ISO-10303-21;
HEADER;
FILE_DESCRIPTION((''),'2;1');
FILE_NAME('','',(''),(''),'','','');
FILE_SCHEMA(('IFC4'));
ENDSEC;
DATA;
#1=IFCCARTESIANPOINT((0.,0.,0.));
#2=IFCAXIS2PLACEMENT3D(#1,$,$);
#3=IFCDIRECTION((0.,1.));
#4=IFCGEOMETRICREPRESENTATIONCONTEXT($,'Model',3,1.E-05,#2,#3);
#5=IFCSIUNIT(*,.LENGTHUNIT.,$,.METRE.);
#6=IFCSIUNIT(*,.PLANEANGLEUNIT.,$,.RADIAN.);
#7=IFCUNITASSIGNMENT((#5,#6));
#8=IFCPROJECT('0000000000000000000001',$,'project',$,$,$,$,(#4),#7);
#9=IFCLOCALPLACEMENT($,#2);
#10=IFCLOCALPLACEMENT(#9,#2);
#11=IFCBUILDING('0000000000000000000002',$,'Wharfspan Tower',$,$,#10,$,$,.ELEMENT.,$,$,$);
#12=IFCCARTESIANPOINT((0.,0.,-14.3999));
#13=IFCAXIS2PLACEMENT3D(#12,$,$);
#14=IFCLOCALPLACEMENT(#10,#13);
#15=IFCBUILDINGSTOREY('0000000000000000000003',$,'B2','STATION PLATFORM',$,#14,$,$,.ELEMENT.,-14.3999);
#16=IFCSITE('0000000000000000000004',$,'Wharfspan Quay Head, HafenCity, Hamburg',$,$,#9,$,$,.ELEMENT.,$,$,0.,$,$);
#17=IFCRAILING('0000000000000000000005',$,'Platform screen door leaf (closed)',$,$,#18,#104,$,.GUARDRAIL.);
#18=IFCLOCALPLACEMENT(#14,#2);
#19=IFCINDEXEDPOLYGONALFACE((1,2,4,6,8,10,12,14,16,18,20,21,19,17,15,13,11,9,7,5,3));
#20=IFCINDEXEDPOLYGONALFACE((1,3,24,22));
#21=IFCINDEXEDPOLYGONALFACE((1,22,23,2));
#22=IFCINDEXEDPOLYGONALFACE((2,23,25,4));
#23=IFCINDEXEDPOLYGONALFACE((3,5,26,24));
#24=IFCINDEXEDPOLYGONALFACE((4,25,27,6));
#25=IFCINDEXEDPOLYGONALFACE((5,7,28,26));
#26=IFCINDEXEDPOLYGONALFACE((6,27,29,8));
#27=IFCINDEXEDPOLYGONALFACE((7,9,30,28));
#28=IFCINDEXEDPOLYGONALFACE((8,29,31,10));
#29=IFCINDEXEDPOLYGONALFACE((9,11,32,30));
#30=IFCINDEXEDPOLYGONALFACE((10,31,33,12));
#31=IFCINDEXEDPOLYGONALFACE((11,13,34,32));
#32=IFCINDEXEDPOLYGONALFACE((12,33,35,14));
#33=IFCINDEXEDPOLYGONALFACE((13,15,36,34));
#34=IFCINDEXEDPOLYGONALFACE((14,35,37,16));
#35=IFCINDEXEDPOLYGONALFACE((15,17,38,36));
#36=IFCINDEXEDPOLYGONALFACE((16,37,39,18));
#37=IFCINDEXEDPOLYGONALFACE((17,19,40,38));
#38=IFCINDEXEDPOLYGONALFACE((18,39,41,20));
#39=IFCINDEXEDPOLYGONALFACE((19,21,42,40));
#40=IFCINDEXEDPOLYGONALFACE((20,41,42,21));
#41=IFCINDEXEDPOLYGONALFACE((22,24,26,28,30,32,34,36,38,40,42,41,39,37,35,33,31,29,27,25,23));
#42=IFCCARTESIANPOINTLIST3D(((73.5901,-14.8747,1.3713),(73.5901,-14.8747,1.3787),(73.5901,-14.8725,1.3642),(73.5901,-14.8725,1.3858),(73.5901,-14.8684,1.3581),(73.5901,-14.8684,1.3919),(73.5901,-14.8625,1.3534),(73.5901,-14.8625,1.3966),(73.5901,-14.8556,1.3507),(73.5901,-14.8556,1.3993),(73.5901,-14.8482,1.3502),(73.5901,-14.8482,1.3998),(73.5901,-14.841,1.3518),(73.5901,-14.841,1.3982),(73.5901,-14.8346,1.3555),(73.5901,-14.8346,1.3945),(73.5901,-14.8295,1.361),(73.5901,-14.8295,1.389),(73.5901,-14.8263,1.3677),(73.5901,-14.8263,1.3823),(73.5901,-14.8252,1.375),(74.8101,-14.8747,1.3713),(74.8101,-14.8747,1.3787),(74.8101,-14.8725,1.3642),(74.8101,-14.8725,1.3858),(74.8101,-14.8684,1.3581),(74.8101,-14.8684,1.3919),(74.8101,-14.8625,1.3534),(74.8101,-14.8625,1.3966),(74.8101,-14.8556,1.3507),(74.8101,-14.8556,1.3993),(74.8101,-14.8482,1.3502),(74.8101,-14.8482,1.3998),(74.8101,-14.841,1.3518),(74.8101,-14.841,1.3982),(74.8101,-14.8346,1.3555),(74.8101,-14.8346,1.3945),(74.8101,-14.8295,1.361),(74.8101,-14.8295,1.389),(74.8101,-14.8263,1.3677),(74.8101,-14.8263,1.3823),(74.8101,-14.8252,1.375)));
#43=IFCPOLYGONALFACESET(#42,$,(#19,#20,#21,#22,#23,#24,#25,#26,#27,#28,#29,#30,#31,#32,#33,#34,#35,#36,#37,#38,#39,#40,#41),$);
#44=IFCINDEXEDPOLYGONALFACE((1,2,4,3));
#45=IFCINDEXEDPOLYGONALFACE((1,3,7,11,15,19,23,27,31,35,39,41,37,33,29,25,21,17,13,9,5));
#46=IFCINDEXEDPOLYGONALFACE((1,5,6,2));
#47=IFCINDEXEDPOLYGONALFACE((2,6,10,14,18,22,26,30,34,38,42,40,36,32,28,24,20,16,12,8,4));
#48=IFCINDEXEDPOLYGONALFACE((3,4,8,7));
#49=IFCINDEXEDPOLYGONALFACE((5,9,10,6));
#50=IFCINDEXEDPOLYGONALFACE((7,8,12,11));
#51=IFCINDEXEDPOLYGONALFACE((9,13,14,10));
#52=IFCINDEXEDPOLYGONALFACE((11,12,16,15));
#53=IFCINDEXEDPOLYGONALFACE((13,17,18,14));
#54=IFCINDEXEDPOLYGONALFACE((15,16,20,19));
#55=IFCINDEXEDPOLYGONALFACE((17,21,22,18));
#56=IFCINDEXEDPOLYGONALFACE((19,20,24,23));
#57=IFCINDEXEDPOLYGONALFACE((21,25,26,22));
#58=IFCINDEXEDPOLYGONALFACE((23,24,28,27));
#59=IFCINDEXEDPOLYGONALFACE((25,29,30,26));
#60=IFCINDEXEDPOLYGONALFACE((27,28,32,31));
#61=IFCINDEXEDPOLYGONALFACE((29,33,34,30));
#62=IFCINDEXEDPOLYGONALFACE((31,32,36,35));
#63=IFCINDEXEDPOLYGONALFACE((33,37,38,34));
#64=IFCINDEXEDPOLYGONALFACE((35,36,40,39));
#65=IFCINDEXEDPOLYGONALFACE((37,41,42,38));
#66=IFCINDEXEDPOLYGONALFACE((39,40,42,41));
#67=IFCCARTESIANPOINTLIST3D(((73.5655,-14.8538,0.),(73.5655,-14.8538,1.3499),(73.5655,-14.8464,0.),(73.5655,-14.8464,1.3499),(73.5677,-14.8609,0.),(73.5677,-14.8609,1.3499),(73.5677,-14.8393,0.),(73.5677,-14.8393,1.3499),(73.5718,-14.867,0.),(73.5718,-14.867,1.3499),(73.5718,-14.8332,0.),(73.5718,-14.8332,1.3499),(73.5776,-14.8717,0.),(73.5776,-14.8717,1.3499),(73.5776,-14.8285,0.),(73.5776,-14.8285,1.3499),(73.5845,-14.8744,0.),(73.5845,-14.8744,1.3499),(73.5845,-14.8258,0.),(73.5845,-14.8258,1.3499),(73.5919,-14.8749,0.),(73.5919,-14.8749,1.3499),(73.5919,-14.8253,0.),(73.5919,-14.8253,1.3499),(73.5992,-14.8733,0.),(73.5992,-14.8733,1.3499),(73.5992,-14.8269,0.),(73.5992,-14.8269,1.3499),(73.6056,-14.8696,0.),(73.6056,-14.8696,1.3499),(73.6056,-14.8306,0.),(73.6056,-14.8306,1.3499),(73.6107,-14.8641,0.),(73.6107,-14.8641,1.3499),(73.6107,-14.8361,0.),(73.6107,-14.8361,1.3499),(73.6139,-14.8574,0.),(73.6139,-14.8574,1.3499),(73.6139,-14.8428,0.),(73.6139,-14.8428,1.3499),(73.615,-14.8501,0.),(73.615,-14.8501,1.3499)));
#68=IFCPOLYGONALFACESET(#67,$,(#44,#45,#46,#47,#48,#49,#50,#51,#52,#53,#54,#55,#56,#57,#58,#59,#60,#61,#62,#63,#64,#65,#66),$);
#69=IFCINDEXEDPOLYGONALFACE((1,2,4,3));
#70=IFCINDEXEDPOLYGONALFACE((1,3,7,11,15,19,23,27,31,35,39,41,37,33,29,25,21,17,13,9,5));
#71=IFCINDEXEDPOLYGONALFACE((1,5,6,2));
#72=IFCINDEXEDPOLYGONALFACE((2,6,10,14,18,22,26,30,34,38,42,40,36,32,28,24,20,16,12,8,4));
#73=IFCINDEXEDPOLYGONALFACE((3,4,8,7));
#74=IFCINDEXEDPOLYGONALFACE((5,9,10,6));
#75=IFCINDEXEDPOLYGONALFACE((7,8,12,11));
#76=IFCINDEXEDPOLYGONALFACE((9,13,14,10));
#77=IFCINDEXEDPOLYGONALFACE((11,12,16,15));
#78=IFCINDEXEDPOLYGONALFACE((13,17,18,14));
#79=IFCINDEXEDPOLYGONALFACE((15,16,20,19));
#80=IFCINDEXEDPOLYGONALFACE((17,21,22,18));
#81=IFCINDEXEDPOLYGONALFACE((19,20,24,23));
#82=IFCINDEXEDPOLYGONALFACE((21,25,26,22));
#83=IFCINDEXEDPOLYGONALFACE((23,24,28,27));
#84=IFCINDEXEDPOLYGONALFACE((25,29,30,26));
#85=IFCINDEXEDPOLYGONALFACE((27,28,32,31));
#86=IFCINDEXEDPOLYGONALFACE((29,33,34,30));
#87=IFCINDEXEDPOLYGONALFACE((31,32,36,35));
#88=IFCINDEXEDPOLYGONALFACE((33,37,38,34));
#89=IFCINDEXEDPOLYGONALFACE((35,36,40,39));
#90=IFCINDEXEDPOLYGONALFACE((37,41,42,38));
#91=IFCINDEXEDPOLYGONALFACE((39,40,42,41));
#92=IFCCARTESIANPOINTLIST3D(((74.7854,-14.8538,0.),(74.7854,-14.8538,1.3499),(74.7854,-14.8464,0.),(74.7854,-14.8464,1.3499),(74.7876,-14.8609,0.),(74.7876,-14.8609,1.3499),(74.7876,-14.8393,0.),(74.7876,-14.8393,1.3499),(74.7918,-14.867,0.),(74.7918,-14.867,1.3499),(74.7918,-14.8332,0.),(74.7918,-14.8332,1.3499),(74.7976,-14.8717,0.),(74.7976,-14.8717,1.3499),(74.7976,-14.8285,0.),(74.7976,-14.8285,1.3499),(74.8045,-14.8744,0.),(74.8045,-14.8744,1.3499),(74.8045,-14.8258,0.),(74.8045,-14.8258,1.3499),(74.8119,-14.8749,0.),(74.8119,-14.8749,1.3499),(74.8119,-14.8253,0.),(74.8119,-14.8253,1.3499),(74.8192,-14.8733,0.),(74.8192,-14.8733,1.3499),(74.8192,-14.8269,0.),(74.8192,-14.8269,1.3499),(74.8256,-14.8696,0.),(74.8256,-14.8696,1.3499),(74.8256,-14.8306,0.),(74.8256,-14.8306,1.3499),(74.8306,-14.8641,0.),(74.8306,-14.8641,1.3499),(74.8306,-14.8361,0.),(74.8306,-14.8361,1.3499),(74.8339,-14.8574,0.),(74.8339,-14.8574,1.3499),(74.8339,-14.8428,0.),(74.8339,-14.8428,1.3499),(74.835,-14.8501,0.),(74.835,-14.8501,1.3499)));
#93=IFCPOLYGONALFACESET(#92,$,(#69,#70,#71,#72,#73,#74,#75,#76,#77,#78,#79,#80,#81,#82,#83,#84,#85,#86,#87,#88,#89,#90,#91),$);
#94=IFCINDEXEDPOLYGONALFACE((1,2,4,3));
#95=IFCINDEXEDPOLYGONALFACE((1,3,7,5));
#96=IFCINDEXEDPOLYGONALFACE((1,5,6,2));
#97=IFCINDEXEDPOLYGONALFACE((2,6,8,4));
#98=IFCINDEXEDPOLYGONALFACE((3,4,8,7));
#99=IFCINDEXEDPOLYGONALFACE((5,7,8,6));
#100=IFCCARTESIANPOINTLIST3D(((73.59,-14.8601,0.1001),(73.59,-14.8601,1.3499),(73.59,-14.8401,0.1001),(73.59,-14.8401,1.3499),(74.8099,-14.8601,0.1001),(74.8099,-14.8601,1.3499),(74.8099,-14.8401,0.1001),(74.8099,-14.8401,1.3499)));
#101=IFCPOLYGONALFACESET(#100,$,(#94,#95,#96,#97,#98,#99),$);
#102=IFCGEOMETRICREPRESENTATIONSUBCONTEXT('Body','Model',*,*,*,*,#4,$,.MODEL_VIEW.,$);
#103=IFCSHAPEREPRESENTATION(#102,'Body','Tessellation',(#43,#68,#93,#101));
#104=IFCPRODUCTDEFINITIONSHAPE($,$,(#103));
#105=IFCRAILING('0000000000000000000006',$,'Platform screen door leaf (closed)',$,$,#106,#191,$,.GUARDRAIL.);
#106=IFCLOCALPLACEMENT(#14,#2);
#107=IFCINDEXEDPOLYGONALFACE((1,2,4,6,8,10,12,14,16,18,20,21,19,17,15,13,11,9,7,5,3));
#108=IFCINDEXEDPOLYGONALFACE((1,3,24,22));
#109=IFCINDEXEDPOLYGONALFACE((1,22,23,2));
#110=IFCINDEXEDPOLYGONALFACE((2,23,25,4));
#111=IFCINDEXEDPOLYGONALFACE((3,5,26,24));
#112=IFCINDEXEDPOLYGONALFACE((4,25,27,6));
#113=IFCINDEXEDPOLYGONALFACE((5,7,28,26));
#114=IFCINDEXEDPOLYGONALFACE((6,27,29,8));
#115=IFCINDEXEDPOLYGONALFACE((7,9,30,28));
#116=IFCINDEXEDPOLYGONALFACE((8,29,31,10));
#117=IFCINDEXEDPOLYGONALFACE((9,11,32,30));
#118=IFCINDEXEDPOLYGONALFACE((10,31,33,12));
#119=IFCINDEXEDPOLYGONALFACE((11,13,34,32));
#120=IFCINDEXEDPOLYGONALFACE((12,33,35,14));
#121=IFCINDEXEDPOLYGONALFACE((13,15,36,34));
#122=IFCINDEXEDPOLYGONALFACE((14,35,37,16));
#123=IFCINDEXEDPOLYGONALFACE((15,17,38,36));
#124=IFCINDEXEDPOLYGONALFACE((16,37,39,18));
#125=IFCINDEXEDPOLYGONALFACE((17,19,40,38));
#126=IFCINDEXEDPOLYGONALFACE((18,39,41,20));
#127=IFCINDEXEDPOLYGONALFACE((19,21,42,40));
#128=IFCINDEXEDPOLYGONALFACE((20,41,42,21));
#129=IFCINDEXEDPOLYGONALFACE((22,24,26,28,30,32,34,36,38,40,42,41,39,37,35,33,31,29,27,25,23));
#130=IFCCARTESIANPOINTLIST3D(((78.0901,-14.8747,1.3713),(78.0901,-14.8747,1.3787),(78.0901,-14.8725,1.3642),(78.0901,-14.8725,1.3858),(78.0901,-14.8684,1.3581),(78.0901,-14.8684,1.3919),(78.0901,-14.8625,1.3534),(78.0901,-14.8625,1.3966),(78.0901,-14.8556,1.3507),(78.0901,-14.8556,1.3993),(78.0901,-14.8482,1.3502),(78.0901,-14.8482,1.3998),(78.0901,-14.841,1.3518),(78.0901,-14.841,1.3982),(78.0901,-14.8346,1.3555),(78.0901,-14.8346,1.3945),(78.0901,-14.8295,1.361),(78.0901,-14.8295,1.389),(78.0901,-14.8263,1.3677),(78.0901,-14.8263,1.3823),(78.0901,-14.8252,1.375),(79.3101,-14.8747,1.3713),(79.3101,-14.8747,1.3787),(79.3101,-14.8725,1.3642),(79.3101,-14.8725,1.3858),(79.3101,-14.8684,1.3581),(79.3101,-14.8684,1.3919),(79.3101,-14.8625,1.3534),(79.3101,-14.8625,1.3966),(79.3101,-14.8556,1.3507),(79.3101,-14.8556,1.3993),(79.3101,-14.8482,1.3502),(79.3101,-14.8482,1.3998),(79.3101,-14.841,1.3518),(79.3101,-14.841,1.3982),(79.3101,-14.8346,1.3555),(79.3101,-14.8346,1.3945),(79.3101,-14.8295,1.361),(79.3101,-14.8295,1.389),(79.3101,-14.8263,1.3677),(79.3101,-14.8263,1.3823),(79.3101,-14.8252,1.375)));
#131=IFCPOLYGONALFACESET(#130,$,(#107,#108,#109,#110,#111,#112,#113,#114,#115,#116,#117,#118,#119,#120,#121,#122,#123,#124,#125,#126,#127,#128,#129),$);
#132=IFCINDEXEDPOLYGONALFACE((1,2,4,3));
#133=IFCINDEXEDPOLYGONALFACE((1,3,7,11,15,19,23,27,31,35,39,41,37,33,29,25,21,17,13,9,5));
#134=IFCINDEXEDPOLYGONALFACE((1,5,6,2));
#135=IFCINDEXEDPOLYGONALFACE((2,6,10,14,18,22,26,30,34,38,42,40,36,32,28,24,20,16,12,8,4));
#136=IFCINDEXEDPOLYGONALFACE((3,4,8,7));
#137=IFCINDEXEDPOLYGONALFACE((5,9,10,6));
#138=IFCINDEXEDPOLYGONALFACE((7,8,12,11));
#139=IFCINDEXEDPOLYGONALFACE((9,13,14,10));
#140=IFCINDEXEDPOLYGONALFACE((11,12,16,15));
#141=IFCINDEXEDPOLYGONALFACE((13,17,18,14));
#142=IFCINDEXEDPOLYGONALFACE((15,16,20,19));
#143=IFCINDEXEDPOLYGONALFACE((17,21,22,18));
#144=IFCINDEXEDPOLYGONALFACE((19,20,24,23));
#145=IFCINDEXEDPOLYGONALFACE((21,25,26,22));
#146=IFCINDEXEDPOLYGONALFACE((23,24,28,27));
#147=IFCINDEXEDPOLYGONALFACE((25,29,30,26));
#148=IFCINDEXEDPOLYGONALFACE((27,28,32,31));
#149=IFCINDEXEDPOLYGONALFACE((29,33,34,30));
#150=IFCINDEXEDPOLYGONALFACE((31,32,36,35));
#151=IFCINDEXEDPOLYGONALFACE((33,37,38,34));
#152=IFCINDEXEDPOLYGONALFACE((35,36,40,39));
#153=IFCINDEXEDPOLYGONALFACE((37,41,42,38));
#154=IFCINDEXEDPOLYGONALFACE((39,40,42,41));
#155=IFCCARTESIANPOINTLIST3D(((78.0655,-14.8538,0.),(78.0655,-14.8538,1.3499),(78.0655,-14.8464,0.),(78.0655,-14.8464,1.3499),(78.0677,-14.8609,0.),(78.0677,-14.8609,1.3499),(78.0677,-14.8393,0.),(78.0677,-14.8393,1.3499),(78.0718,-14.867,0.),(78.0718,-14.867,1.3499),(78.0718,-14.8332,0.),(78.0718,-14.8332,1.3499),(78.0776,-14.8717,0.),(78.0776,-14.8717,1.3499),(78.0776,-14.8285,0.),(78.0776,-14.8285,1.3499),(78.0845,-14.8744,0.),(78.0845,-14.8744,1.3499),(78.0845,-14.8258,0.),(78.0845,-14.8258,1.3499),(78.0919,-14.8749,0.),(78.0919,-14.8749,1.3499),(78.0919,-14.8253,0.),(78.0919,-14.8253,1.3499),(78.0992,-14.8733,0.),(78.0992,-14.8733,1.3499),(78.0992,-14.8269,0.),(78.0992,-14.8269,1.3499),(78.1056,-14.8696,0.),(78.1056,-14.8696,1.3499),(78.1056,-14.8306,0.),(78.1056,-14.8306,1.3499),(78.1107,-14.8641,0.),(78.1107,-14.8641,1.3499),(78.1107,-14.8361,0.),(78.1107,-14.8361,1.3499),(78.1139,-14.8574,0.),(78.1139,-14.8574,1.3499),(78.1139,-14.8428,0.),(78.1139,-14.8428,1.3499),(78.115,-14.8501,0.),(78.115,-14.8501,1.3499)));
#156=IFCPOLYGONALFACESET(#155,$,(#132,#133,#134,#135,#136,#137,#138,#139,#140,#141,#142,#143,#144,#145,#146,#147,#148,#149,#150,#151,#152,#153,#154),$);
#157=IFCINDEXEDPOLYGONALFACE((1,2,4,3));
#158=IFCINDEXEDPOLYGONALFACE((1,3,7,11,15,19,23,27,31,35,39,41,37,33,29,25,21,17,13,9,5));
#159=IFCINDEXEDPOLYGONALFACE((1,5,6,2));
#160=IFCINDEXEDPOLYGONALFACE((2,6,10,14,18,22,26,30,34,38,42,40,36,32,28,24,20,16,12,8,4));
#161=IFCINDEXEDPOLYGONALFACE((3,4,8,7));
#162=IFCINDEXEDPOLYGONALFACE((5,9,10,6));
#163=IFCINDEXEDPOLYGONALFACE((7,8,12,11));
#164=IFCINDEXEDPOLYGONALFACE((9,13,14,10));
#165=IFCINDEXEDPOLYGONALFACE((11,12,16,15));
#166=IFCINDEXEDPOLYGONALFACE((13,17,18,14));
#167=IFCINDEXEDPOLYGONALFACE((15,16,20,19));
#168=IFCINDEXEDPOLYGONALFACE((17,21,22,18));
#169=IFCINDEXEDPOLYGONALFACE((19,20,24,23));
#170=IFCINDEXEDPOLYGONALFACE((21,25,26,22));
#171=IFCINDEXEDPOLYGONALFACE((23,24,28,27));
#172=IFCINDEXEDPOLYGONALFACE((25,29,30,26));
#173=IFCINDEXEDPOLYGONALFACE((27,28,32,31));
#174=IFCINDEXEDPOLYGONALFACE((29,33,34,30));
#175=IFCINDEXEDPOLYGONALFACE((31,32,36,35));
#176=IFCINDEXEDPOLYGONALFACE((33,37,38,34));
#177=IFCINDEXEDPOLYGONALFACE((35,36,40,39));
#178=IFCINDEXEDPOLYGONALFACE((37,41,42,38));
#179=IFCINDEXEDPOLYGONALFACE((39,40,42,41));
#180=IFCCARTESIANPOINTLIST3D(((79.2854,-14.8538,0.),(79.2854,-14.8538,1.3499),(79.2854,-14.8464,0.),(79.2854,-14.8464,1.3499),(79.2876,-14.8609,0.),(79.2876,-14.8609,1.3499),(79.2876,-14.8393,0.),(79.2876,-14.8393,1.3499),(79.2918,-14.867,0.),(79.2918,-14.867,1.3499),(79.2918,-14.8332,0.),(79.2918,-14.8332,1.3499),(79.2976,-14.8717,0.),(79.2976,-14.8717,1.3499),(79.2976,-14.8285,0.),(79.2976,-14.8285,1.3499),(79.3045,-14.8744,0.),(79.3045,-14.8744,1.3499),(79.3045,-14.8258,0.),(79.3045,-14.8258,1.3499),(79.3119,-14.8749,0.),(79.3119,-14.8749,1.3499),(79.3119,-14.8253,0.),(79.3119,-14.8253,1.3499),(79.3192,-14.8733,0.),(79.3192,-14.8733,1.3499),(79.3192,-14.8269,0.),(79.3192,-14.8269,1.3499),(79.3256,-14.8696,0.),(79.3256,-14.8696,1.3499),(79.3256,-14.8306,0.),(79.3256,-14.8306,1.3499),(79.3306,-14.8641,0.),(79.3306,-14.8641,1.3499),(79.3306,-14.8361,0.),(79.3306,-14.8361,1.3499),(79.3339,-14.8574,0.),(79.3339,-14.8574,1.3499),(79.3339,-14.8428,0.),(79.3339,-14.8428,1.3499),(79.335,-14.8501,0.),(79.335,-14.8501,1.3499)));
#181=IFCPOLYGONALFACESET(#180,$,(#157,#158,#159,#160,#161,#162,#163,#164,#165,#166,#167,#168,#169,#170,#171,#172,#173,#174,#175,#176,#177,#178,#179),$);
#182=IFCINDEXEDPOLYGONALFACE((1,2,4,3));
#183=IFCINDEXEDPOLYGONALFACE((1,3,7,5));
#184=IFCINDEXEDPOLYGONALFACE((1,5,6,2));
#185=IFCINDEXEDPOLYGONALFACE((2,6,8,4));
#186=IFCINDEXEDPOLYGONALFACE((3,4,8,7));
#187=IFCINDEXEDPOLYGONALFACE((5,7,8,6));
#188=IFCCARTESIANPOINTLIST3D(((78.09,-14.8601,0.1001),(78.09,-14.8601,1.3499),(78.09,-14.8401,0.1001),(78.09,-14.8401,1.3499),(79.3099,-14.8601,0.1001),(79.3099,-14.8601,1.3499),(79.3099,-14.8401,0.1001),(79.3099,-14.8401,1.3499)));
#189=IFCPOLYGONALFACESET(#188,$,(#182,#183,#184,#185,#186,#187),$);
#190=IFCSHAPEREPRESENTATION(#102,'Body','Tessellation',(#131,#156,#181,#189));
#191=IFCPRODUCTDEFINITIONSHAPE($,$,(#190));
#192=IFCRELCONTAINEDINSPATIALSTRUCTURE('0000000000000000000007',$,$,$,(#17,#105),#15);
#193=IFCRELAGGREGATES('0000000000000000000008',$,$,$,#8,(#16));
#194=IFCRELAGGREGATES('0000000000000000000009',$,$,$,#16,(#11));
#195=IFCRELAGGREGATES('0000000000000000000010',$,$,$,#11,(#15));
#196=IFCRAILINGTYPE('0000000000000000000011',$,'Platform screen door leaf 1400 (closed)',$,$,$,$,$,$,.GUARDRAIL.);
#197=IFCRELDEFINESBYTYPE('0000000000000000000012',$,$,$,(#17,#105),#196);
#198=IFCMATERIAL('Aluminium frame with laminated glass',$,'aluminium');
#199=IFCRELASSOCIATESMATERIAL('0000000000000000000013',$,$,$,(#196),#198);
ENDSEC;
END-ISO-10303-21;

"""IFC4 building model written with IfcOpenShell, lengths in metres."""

from ifc_helpers import new_model, si_unit, direction, frame, origin, origin_2d, place, context, subcontext, project, spatial, rectangle, circle, extrude, material, type_object, element, save


model = new_model("IFC4")

# Units and contexts
model_context = context("Model", 3, precision=1e-05, world=origin(), true_north=direction((0.0, 1.0)))
body_context = subcontext(model_context, "Body", "Model", "MODEL_VIEW")
ifc_project = project(units=[si_unit("LENGTHUNIT", "METRE"), si_unit("PLANEANGLEUNIT", "RADIAN")], contexts=[model_context])

# Site, building, storey
site_placement = place(None, origin())
site = spatial("IfcSite", under=ifc_project, at=site_placement, Name="Wharfspan Quay Head, HafenCity, Hamburg", CompositionType="ELEMENT", RefElevation=0.0)
building_placement = place(site_placement, origin())
building = spatial("IfcBuilding", under=site, at=building_placement, Name="Wharfspan Tower", CompositionType="ELEMENT")
storey_placement = place(building_placement, frame((0.0, 0.0, -14.3999)))
storey = spatial("IfcBuildingStorey", under=building, at=storey_placement, Name="B2", Description="STATION PLATFORM", CompositionType="ELEMENT", Elevation=-14.3999)

# Railings
ifc_material_1 = material(Name="Aluminium frame with laminated glass", Category="aluminium")
railing_type_1 = type_object("IfcRailingType", Name="Platform screen door leaf 1400 (closed)", PredefinedType="GUARDRAIL", material=ifc_material_1)
for number, where, name in (
    (1, (73.5901, -14.8501, 0.0), "Platform screen door leaf (closed)"),
    (2, (78.0901, -14.8501, 0.0), "Platform screen door leaf (closed)"),
):
    element("IfcRailing", number, at=place(storey_placement, frame(where)), inside=storey, type_object=railing_type_1, Name=name, PredefinedType="GUARDRAIL", context=body_context, shape_type="SweptSolid", body=[
        extrude(circle(Radius=0.0249, at=origin_2d()), frame((0.0, 0.0, 1.375), z_axis=(1.0, 0.0, 0.0), x_axis=(0.0, 1.0, 0.0)), (0.0, 0.0, 1.0), 1.22),
        extrude(circle(Radius=0.0249, at=origin_2d()), origin(), (0.0, 0.0, 1.0), 1.3499),
        extrude(circle(Radius=0.0249, at=origin_2d()), frame((1.22, 0.0, 0.0)), (0.0, 0.0, 1.0), 1.3499),
        extrude(rectangle(XDim=1.22, YDim=0.02, at=origin_2d()), frame((0.6099, 0.0, 0.1001), z_axis=(0.0, 0.0, 1.0), x_axis=(1.0, 0.0, 0.0)), (0.0, 0.0, 1.0), 1.2498),
    ])

save(model, "model.ifc")
